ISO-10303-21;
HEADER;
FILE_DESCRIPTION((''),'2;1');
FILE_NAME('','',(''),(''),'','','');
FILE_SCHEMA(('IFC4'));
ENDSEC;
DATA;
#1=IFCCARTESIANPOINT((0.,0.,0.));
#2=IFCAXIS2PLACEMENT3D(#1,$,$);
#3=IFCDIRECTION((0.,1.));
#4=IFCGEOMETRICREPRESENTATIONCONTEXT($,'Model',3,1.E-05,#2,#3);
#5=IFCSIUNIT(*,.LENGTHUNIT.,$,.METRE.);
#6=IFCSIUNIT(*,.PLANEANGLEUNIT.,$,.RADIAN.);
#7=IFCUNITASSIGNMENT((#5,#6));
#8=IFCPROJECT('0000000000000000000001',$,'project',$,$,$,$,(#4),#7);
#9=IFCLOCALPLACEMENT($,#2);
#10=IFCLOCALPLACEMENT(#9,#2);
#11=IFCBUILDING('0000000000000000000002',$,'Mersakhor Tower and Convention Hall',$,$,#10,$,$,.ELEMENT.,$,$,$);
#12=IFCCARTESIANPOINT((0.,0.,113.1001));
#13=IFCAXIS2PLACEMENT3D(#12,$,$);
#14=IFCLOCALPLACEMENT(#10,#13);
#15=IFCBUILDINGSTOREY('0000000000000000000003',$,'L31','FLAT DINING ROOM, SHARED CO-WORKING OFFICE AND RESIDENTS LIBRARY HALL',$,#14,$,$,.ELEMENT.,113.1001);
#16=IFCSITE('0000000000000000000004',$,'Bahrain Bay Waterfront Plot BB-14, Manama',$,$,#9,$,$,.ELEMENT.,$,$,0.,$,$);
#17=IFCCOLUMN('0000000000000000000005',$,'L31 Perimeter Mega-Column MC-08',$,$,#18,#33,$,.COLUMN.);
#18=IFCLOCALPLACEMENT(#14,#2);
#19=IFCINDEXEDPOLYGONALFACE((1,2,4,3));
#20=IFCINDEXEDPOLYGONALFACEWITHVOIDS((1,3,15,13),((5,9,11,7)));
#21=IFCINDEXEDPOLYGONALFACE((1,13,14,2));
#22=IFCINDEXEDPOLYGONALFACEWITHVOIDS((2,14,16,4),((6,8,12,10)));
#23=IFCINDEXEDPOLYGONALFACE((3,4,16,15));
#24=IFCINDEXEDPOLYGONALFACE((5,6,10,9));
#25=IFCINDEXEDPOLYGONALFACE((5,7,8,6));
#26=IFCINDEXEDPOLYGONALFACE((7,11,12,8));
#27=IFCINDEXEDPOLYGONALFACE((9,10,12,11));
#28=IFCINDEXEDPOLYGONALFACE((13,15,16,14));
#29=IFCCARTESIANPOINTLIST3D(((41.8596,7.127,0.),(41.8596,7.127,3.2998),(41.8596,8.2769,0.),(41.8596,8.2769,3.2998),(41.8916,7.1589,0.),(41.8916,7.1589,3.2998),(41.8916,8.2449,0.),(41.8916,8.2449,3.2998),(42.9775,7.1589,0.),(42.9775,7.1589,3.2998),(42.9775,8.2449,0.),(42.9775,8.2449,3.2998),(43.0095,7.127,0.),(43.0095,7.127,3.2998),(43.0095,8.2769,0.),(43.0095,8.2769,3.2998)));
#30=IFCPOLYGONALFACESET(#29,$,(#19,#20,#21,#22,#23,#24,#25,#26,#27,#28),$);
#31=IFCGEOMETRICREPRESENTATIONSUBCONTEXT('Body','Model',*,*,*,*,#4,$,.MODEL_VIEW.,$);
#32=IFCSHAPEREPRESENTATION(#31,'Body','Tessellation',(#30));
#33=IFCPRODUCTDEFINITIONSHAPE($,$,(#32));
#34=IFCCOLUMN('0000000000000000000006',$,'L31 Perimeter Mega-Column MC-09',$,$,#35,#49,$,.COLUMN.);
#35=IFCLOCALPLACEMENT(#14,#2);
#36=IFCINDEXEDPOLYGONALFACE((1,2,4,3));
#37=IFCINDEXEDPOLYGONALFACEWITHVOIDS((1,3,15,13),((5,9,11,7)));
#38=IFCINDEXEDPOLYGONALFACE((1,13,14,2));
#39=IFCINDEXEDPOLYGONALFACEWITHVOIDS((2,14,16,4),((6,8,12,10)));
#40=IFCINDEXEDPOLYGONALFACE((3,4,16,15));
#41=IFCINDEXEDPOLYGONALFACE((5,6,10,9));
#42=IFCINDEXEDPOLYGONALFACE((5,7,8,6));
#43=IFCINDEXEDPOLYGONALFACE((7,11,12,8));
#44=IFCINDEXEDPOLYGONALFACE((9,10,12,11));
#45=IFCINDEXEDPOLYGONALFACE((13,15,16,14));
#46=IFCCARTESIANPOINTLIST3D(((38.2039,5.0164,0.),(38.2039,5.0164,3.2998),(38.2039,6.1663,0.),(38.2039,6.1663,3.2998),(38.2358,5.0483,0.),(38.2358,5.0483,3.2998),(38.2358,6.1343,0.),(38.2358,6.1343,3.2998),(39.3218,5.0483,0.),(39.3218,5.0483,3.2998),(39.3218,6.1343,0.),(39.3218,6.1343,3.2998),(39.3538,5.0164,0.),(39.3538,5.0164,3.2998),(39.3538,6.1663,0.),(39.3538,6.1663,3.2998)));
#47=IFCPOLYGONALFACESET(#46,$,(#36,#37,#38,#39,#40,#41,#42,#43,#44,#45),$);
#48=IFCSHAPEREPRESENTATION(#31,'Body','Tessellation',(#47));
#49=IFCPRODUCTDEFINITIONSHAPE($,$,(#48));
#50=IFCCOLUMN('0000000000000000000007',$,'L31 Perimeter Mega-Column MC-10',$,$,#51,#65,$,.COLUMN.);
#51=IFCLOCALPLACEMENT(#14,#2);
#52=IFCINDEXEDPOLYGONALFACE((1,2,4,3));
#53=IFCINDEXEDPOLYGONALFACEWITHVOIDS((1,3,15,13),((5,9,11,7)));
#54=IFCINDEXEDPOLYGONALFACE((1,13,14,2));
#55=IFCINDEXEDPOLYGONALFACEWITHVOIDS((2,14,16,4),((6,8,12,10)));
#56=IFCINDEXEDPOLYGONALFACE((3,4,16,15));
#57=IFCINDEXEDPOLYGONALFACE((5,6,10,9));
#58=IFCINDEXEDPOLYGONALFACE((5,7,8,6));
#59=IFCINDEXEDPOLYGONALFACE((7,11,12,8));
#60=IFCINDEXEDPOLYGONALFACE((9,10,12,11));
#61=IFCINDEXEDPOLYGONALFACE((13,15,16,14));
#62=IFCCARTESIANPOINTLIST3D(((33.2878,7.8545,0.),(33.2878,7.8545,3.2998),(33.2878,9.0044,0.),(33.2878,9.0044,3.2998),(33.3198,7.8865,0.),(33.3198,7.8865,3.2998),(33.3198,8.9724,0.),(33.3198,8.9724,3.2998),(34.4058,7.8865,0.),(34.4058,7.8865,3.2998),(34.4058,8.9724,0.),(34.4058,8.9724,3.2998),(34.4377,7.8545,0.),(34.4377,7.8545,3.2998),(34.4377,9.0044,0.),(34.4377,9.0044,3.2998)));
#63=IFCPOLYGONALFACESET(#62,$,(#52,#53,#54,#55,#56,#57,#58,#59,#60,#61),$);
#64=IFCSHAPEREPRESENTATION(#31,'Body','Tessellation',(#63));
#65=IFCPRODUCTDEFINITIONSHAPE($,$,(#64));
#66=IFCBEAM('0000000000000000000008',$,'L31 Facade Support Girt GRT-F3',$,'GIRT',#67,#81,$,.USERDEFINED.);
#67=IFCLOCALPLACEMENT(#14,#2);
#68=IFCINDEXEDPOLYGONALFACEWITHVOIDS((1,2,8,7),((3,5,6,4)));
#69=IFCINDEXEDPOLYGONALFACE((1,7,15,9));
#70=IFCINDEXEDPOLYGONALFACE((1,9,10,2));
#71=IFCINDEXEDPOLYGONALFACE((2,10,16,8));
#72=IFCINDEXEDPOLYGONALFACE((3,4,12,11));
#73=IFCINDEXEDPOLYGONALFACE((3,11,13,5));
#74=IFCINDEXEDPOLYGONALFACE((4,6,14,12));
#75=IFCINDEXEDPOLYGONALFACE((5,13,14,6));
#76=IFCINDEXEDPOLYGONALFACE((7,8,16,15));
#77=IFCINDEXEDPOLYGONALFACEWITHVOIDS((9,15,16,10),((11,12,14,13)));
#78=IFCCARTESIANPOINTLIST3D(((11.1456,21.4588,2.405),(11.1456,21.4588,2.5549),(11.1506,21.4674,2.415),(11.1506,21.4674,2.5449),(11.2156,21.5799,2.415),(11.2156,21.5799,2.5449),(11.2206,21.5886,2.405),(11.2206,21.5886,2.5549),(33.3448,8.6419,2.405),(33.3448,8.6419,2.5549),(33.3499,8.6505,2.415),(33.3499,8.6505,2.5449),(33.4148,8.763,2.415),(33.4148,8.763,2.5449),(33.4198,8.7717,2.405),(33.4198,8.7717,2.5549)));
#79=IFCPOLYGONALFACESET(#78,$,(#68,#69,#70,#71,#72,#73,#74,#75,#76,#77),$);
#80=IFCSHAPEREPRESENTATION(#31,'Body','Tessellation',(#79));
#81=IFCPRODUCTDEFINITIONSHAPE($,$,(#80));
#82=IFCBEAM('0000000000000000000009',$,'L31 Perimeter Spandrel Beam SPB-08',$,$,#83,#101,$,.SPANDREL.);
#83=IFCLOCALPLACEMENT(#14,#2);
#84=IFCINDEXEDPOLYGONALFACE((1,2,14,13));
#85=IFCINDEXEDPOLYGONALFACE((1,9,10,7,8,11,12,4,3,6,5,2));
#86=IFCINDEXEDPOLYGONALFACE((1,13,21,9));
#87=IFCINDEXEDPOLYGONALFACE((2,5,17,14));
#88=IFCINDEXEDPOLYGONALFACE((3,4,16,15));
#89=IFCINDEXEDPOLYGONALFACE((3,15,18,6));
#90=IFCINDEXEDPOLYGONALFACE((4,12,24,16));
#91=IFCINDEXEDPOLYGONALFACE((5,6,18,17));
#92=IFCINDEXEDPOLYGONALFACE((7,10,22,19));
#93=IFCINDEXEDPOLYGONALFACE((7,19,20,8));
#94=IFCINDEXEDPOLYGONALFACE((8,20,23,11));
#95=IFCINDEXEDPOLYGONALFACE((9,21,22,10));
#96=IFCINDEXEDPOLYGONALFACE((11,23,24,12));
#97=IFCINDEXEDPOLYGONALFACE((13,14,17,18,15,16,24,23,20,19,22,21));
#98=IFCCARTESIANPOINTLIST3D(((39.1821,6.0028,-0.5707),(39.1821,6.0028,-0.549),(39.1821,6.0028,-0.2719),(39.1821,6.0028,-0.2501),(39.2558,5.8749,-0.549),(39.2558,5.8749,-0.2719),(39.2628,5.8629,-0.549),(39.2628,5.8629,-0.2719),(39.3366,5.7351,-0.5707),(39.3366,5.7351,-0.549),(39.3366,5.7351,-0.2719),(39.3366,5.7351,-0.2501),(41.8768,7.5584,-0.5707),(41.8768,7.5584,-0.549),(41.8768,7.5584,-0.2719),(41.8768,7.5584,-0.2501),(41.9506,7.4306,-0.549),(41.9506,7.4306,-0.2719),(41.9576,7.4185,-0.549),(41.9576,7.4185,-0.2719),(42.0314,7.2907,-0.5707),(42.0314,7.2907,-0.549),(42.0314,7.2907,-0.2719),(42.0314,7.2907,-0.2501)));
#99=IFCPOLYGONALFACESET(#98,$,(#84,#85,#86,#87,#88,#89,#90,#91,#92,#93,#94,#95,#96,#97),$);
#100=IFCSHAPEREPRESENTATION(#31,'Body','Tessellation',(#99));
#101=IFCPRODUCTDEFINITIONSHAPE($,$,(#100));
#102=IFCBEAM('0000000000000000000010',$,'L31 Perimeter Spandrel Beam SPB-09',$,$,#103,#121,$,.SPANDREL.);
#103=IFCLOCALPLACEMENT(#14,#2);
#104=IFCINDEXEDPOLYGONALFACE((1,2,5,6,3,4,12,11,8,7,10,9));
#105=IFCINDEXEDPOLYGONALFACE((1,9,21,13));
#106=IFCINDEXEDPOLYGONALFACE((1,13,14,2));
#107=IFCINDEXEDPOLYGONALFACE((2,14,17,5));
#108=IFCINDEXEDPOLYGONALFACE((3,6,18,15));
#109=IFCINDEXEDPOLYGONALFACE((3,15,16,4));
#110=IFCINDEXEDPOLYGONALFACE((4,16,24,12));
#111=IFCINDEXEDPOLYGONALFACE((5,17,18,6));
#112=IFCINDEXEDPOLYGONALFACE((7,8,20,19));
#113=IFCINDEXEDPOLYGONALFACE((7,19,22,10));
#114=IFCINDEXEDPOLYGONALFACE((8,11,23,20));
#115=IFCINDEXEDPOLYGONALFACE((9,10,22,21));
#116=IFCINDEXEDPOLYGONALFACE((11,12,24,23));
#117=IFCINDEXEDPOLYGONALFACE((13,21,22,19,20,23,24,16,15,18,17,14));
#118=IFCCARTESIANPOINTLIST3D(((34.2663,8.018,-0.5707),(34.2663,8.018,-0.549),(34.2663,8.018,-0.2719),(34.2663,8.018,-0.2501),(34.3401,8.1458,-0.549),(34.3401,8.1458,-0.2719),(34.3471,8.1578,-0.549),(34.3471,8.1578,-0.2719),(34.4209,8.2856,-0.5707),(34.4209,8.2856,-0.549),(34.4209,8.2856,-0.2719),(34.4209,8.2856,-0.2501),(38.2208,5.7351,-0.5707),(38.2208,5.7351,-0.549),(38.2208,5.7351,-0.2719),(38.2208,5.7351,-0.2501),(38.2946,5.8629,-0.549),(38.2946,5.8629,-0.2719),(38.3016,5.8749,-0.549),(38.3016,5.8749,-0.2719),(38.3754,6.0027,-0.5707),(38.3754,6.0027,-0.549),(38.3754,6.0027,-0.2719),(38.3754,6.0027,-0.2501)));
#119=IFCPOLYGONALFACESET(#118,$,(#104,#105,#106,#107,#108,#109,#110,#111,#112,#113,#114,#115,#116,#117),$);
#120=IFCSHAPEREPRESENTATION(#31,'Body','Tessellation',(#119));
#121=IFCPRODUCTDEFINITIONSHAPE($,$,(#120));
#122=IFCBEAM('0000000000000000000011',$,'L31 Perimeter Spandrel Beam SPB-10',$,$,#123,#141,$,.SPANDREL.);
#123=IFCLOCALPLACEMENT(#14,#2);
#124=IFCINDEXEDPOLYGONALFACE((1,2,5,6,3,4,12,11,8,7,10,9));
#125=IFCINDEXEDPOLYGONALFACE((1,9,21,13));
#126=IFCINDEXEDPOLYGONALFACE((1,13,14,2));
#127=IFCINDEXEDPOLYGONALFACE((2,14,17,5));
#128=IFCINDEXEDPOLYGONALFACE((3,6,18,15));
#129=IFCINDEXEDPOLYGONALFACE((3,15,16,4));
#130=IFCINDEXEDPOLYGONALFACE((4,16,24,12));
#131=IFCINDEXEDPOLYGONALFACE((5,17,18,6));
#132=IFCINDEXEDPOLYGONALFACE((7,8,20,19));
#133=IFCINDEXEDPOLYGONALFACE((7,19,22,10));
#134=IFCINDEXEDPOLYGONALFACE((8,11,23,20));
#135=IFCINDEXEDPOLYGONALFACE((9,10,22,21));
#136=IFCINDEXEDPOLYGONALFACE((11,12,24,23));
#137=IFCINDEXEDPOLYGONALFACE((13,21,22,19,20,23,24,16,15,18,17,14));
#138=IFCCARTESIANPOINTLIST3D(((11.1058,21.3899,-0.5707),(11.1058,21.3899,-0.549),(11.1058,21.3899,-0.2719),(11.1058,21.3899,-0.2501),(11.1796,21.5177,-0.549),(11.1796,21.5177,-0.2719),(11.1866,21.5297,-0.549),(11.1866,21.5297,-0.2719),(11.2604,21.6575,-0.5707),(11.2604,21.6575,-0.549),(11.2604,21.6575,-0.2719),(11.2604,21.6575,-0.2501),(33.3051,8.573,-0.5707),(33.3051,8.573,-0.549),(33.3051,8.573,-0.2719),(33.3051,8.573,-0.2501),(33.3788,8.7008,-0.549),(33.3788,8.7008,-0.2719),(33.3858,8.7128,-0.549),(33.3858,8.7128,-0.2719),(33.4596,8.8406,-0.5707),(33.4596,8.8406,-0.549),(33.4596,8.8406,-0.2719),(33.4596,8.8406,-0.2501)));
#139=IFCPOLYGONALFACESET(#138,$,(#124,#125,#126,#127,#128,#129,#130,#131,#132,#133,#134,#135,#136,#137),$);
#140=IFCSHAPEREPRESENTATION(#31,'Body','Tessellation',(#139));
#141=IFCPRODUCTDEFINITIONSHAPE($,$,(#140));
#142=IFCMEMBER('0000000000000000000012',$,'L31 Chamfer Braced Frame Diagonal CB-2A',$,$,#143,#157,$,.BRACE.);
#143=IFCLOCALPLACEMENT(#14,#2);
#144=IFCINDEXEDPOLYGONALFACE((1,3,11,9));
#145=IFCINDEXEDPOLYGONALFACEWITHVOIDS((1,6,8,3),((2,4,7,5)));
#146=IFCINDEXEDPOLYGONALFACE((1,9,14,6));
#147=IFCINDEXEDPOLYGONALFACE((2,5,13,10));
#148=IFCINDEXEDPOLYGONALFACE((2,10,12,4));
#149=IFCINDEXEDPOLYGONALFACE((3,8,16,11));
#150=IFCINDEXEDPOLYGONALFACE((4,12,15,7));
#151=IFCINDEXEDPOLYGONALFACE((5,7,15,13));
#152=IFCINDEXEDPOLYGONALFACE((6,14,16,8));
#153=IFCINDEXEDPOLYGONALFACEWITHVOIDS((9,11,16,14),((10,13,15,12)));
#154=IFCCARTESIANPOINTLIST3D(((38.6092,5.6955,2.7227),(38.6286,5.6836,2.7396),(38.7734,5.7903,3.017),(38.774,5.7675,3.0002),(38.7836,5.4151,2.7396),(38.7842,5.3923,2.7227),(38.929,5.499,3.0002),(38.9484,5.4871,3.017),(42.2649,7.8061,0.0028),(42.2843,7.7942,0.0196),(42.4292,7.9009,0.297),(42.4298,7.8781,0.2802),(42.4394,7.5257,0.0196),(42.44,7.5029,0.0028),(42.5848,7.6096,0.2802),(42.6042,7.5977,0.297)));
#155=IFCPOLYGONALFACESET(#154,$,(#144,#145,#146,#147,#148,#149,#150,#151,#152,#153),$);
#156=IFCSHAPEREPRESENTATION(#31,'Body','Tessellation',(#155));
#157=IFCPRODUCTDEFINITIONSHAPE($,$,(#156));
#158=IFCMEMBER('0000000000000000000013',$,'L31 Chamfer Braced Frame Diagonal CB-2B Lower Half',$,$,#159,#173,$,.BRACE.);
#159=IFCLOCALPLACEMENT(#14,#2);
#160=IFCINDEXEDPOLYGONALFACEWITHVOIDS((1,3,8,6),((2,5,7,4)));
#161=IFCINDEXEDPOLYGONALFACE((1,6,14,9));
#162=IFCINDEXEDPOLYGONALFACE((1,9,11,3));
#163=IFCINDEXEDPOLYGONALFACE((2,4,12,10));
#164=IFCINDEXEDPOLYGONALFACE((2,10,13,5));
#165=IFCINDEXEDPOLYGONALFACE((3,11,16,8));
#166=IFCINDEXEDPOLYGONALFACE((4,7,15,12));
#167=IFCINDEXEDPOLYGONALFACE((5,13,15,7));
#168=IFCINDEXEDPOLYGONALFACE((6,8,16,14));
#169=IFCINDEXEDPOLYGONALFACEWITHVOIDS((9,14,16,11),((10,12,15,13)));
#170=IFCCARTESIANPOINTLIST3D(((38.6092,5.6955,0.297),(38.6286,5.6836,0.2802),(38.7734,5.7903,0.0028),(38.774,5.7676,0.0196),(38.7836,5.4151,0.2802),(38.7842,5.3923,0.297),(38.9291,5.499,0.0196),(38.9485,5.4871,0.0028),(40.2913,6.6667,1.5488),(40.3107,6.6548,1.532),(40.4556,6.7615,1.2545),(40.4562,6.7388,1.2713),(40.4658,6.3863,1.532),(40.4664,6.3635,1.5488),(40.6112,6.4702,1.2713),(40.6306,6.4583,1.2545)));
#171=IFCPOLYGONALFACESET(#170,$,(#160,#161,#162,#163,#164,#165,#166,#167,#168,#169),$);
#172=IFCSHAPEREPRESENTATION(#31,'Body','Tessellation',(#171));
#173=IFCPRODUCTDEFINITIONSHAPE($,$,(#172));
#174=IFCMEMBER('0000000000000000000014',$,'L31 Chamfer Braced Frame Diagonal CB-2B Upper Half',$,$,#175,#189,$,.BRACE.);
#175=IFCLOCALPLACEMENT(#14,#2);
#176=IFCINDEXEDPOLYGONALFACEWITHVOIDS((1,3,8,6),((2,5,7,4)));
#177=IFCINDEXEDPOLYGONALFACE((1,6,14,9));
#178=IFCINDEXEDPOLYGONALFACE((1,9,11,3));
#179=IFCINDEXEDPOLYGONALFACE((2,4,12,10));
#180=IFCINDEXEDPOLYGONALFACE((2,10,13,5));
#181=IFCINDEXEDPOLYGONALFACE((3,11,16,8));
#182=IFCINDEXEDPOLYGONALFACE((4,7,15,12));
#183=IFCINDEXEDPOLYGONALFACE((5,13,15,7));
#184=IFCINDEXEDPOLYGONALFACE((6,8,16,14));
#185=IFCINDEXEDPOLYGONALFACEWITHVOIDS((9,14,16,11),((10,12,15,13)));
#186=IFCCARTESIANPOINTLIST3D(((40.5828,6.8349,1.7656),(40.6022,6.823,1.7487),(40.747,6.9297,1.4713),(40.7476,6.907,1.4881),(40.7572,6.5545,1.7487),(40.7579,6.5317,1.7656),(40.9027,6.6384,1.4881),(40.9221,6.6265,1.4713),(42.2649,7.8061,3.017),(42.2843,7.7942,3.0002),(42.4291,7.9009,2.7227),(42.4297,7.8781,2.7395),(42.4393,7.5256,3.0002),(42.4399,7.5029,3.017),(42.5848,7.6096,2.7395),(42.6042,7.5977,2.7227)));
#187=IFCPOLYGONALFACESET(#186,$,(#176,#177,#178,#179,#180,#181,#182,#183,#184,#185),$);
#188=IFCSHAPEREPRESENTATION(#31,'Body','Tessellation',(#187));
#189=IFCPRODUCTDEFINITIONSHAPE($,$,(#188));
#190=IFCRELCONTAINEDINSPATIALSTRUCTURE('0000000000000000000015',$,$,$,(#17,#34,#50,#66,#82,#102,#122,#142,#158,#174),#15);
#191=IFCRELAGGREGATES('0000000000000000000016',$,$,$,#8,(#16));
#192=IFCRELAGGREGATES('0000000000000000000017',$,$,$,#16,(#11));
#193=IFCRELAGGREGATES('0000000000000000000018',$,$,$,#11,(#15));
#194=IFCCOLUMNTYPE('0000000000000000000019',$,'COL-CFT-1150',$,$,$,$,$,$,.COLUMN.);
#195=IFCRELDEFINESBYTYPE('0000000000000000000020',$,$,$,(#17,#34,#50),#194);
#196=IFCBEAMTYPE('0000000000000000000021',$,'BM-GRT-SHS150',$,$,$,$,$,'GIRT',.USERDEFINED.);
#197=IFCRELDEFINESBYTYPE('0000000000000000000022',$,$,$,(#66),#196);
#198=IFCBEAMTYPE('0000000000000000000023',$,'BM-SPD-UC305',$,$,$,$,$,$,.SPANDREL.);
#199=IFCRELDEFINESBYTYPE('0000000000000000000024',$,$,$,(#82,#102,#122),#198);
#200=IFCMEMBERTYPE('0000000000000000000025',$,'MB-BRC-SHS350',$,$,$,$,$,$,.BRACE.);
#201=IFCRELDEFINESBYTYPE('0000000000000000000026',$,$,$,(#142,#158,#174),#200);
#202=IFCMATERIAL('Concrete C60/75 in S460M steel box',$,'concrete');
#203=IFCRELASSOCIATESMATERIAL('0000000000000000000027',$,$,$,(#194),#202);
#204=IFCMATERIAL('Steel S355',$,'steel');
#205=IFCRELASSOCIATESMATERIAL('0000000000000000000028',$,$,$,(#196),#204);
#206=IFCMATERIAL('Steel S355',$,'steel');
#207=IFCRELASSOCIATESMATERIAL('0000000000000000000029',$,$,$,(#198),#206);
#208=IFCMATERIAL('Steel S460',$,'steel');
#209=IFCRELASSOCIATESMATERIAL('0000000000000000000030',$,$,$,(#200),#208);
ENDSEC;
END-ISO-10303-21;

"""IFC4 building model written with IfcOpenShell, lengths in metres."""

from ifc_helpers import new_model, si_unit, direction, frame, origin, origin_2d, place, context, subcontext, project, spatial, hollow_rectangle, i_section, extrude, material, material_profile, profile_set, type_object, element, save


model = new_model("IFC4")

# Units and contexts
model_context = context("Model", 3, precision=1e-05, world=origin(), true_north=direction((0.0, 1.0)))
body_context = subcontext(model_context, "Body", "Model", "MODEL_VIEW")
ifc_project = project(units=[si_unit("LENGTHUNIT", "METRE"), si_unit("PLANEANGLEUNIT", "RADIAN")], contexts=[model_context])

# Site, building, storey
site_placement = place(None, origin())
site = spatial("IfcSite", under=ifc_project, at=site_placement, Name="Bahrain Bay Waterfront Plot BB-14, Manama", CompositionType="ELEMENT", RefElevation=0.0)
building_placement = place(site_placement, origin())
building = spatial("IfcBuilding", under=site, at=building_placement, Name="Mersakhor Tower and Convention Hall", CompositionType="ELEMENT")
storey_placement = place(building_placement, frame((0.0, 0.0, 113.1001)))
storey = spatial("IfcBuildingStorey", under=building, at=storey_placement, Name="L31", Description="FLAT DINING ROOM, SHARED CO-WORKING OFFICE AND RESIDENTS LIBRARY HALL", CompositionType="ELEMENT", Elevation=113.1001)

# Columns
ifc_material_1 = material(Name="Concrete C60/75 in S460M steel box", Category="concrete")
ifc_material_profile_1 = material_profile(ifc_material_1, hollow_rectangle(XDim=1.1499, YDim=1.1499, WallThickness=0.032, at=origin_2d()), Name="SHS 1150x1150x32")
ifc_profile_set_1 = profile_set([ifc_material_profile_1], Name="Concrete C60/75 in S460M steel box")
column_type = type_object("IfcColumnType", Name="COL-CFT-1150", PredefinedType="COLUMN", material=ifc_profile_set_1)
for number, where, z_axis, x_axis, name in (
    (1, (42.4346, 7.7019, 0.0), (0.0, 0.0, 1.0), (1.0, 0.0, 0.0), "L31 Perimeter Mega-Column MC-08"),
    (2, (38.7788, 5.5913, 0.0), (0.0, 0.0, 1.0), (1.0, 0.0, 0.0), "L31 Perimeter Mega-Column MC-09"),
    (3, (33.8628, 8.4294, 0.0), (0.0, 0.0, 1.0), (1.0, 0.0, 0.0), "L31 Perimeter Mega-Column MC-10"),
):
    element("IfcColumn", number, at=place(storey_placement, frame(where, z_axis=z_axis, x_axis=x_axis)), inside=storey, type_object=column_type, Name=name, PredefinedType="COLUMN", context=body_context, shape_type="SweptSolid", body=[
        extrude(hollow_rectangle(XDim=1.1499, YDim=1.1499, WallThickness=0.032, at=origin_2d()), origin(), (0.0, 0.0, 1.0), 3.2998),
    ])

# Beams
ifc_material_2 = material(Name="Steel S355", Category="steel")
ifc_material_profile_2 = material_profile(ifc_material_2, hollow_rectangle(XDim=0.1499, YDim=0.1499, WallThickness=0.01, at=origin_2d()), Name="SHS 150x150x10")
ifc_profile_set_2 = profile_set([ifc_material_profile_2], Name="Steel S355")
beam_type_1 = type_object("IfcBeamType", Name="BM-GRT-SHS150", ElementType="GIRT", PredefinedType="USERDEFINED", material=ifc_profile_set_2)
beam_1_placement = place(storey_placement, frame((33.3823, 8.7068, 2.48), z_axis=(-0.866023, 0.500005, 0.0), x_axis=(-0.500005, -0.866023, 0.0)))
element("IfcBeam", 4, at=beam_1_placement, inside=storey, type_object=beam_type_1, Name="L31 Facade Support Girt GRT-F3", ObjectType="GIRT", PredefinedType="USERDEFINED", context=body_context, shape_type="SweptSolid", body=[
    extrude(hollow_rectangle(XDim=0.1499, YDim=0.1499, WallThickness=0.01, at=origin_2d()), origin(), (0.0, 0.0, 1.0), 25.6335),
])
ifc_material_3 = material(Name="Steel S355", Category="steel")
ifc_material_profile_3 = material_profile(ifc_material_3, i_section(OverallWidth=0.3091, OverallDepth=0.3206, WebThickness=0.0139, FlangeThickness=0.0217, at=origin_2d()), Name="UC 305x305x137")
ifc_profile_set_3 = profile_set([ifc_material_profile_3], Name="Steel S355")
beam_type_2 = type_object("IfcBeamType", Name="BM-SPD-UC305", PredefinedType="SPANDREL", material=ifc_profile_set_3)
beam_2_placement = place(storey_placement, frame((41.9541, 7.4246, -0.4104), z_axis=(-0.866052, -0.499953, 0.0), x_axis=(0.499953, -0.866052, 0.0)))
element("IfcBeam", 5, at=beam_2_placement, inside=storey, type_object=beam_type_2, Name="L31 Perimeter Spandrel Beam SPB-08", PredefinedType="SPANDREL", context=body_context, shape_type="SweptSolid", body=[
    extrude(i_section(OverallWidth=0.3091, OverallDepth=0.3206, WebThickness=0.0139, FlangeThickness=0.0217, at=origin_2d()), origin(), (0.0, 0.0, 1.0), 3.1116),
])
beam_3_placement = place(storey_placement, frame((38.2981, 5.8689, -0.4104), z_axis=(-0.866047, 0.499963, 0.0), x_axis=(-0.499963, -0.866047, 0.0)))
element("IfcBeam", 6, at=beam_3_placement, inside=storey, type_object=beam_type_2, Name="L31 Perimeter Spandrel Beam SPB-09", PredefinedType="SPANDREL", context=body_context, shape_type="SweptSolid", body=[
    extrude(i_section(OverallWidth=0.3091, OverallDepth=0.3206, WebThickness=0.0139, FlangeThickness=0.0217, at=origin_2d()), origin(), (0.0, 0.0, 1.0), 4.5662),
])
beam_4_placement = place(storey_placement, frame((33.3823, 8.7068, -0.4104), z_axis=(-0.866023, 0.500005, 0.0), x_axis=(-0.500005, -0.866023, 0.0)))
element("IfcBeam", 7, at=beam_4_placement, inside=storey, type_object=beam_type_2, Name="L31 Perimeter Spandrel Beam SPB-10", PredefinedType="SPANDREL", context=body_context, shape_type="SweptSolid", body=[
    extrude(i_section(OverallWidth=0.3091, OverallDepth=0.3206, WebThickness=0.0139, FlangeThickness=0.0217, at=origin_2d()), origin(), (0.0, 0.0, 1.0), 25.6335),
])

# Members
ifc_material_4 = material(Name="Steel S460", Category="steel")
ifc_material_profile_4 = material_profile(ifc_material_4, hollow_rectangle(XDim=0.3501, YDim=0.3501, WallThickness=0.02, at=origin_2d()), Name="SHS 350x350x20")
ifc_profile_set_4 = profile_set([ifc_material_profile_4], Name="Steel S460")
member_type = type_object("IfcMemberType", Name="MB-BRC-SHS350", PredefinedType="BRACE", material=ifc_profile_set_4)
member_1_placement = place(storey_placement, frame((42.4346, 7.7019, 0.1499), z_axis=(-0.727993, -0.420295, 0.541644), x_axis=(0.499989, -0.866031, 0.0)))
element("IfcMember", 8, at=member_1_placement, inside=storey, type_object=member_type, Name="L31 Chamfer Braced Frame Diagonal CB-2A", PredefinedType="BRACE", context=body_context, shape_type="SweptSolid", body=[
    extrude(hollow_rectangle(XDim=0.3501, YDim=0.3501, WallThickness=0.02, at=origin_2d()), origin(), (0.0, 0.0, 1.0), 5.0217),
])
member_2_placement = place(storey_placement, frame((38.7788, 5.5913, 0.1499), z_axis=(0.727959, 0.420293, 0.54169), x_axis=(-0.500005, 0.866022, 0.0)))
element("IfcMember", 9, at=member_2_placement, inside=storey, type_object=member_type, Name="L31 Chamfer Braced Frame Diagonal CB-2B Lower Half", PredefinedType="BRACE", context=body_context, shape_type="SweptSolid", body=[
    extrude(hollow_rectangle(XDim=0.3501, YDim=0.3501, WallThickness=0.02, at=origin_2d()), origin(), (0.0, 0.0, 1.0), 2.3108),
])
member_3_placement = place(storey_placement, frame((40.7524, 6.7307, 1.6184), z_axis=(0.728001, 0.420318, 0.541616), x_axis=(-0.500005, 0.866022, 0.0)))
element("IfcMember", 10, at=member_3_placement, inside=storey, type_object=member_type, Name="L31 Chamfer Braced Frame Diagonal CB-2B Upper Half", PredefinedType="BRACE", context=body_context, shape_type="SweptSolid", body=[
    extrude(hollow_rectangle(XDim=0.3501, YDim=0.3501, WallThickness=0.02, at=origin_2d()), origin(), (0.0, 0.0, 1.0), 2.3105),
])

save(model, "model.ifc")
